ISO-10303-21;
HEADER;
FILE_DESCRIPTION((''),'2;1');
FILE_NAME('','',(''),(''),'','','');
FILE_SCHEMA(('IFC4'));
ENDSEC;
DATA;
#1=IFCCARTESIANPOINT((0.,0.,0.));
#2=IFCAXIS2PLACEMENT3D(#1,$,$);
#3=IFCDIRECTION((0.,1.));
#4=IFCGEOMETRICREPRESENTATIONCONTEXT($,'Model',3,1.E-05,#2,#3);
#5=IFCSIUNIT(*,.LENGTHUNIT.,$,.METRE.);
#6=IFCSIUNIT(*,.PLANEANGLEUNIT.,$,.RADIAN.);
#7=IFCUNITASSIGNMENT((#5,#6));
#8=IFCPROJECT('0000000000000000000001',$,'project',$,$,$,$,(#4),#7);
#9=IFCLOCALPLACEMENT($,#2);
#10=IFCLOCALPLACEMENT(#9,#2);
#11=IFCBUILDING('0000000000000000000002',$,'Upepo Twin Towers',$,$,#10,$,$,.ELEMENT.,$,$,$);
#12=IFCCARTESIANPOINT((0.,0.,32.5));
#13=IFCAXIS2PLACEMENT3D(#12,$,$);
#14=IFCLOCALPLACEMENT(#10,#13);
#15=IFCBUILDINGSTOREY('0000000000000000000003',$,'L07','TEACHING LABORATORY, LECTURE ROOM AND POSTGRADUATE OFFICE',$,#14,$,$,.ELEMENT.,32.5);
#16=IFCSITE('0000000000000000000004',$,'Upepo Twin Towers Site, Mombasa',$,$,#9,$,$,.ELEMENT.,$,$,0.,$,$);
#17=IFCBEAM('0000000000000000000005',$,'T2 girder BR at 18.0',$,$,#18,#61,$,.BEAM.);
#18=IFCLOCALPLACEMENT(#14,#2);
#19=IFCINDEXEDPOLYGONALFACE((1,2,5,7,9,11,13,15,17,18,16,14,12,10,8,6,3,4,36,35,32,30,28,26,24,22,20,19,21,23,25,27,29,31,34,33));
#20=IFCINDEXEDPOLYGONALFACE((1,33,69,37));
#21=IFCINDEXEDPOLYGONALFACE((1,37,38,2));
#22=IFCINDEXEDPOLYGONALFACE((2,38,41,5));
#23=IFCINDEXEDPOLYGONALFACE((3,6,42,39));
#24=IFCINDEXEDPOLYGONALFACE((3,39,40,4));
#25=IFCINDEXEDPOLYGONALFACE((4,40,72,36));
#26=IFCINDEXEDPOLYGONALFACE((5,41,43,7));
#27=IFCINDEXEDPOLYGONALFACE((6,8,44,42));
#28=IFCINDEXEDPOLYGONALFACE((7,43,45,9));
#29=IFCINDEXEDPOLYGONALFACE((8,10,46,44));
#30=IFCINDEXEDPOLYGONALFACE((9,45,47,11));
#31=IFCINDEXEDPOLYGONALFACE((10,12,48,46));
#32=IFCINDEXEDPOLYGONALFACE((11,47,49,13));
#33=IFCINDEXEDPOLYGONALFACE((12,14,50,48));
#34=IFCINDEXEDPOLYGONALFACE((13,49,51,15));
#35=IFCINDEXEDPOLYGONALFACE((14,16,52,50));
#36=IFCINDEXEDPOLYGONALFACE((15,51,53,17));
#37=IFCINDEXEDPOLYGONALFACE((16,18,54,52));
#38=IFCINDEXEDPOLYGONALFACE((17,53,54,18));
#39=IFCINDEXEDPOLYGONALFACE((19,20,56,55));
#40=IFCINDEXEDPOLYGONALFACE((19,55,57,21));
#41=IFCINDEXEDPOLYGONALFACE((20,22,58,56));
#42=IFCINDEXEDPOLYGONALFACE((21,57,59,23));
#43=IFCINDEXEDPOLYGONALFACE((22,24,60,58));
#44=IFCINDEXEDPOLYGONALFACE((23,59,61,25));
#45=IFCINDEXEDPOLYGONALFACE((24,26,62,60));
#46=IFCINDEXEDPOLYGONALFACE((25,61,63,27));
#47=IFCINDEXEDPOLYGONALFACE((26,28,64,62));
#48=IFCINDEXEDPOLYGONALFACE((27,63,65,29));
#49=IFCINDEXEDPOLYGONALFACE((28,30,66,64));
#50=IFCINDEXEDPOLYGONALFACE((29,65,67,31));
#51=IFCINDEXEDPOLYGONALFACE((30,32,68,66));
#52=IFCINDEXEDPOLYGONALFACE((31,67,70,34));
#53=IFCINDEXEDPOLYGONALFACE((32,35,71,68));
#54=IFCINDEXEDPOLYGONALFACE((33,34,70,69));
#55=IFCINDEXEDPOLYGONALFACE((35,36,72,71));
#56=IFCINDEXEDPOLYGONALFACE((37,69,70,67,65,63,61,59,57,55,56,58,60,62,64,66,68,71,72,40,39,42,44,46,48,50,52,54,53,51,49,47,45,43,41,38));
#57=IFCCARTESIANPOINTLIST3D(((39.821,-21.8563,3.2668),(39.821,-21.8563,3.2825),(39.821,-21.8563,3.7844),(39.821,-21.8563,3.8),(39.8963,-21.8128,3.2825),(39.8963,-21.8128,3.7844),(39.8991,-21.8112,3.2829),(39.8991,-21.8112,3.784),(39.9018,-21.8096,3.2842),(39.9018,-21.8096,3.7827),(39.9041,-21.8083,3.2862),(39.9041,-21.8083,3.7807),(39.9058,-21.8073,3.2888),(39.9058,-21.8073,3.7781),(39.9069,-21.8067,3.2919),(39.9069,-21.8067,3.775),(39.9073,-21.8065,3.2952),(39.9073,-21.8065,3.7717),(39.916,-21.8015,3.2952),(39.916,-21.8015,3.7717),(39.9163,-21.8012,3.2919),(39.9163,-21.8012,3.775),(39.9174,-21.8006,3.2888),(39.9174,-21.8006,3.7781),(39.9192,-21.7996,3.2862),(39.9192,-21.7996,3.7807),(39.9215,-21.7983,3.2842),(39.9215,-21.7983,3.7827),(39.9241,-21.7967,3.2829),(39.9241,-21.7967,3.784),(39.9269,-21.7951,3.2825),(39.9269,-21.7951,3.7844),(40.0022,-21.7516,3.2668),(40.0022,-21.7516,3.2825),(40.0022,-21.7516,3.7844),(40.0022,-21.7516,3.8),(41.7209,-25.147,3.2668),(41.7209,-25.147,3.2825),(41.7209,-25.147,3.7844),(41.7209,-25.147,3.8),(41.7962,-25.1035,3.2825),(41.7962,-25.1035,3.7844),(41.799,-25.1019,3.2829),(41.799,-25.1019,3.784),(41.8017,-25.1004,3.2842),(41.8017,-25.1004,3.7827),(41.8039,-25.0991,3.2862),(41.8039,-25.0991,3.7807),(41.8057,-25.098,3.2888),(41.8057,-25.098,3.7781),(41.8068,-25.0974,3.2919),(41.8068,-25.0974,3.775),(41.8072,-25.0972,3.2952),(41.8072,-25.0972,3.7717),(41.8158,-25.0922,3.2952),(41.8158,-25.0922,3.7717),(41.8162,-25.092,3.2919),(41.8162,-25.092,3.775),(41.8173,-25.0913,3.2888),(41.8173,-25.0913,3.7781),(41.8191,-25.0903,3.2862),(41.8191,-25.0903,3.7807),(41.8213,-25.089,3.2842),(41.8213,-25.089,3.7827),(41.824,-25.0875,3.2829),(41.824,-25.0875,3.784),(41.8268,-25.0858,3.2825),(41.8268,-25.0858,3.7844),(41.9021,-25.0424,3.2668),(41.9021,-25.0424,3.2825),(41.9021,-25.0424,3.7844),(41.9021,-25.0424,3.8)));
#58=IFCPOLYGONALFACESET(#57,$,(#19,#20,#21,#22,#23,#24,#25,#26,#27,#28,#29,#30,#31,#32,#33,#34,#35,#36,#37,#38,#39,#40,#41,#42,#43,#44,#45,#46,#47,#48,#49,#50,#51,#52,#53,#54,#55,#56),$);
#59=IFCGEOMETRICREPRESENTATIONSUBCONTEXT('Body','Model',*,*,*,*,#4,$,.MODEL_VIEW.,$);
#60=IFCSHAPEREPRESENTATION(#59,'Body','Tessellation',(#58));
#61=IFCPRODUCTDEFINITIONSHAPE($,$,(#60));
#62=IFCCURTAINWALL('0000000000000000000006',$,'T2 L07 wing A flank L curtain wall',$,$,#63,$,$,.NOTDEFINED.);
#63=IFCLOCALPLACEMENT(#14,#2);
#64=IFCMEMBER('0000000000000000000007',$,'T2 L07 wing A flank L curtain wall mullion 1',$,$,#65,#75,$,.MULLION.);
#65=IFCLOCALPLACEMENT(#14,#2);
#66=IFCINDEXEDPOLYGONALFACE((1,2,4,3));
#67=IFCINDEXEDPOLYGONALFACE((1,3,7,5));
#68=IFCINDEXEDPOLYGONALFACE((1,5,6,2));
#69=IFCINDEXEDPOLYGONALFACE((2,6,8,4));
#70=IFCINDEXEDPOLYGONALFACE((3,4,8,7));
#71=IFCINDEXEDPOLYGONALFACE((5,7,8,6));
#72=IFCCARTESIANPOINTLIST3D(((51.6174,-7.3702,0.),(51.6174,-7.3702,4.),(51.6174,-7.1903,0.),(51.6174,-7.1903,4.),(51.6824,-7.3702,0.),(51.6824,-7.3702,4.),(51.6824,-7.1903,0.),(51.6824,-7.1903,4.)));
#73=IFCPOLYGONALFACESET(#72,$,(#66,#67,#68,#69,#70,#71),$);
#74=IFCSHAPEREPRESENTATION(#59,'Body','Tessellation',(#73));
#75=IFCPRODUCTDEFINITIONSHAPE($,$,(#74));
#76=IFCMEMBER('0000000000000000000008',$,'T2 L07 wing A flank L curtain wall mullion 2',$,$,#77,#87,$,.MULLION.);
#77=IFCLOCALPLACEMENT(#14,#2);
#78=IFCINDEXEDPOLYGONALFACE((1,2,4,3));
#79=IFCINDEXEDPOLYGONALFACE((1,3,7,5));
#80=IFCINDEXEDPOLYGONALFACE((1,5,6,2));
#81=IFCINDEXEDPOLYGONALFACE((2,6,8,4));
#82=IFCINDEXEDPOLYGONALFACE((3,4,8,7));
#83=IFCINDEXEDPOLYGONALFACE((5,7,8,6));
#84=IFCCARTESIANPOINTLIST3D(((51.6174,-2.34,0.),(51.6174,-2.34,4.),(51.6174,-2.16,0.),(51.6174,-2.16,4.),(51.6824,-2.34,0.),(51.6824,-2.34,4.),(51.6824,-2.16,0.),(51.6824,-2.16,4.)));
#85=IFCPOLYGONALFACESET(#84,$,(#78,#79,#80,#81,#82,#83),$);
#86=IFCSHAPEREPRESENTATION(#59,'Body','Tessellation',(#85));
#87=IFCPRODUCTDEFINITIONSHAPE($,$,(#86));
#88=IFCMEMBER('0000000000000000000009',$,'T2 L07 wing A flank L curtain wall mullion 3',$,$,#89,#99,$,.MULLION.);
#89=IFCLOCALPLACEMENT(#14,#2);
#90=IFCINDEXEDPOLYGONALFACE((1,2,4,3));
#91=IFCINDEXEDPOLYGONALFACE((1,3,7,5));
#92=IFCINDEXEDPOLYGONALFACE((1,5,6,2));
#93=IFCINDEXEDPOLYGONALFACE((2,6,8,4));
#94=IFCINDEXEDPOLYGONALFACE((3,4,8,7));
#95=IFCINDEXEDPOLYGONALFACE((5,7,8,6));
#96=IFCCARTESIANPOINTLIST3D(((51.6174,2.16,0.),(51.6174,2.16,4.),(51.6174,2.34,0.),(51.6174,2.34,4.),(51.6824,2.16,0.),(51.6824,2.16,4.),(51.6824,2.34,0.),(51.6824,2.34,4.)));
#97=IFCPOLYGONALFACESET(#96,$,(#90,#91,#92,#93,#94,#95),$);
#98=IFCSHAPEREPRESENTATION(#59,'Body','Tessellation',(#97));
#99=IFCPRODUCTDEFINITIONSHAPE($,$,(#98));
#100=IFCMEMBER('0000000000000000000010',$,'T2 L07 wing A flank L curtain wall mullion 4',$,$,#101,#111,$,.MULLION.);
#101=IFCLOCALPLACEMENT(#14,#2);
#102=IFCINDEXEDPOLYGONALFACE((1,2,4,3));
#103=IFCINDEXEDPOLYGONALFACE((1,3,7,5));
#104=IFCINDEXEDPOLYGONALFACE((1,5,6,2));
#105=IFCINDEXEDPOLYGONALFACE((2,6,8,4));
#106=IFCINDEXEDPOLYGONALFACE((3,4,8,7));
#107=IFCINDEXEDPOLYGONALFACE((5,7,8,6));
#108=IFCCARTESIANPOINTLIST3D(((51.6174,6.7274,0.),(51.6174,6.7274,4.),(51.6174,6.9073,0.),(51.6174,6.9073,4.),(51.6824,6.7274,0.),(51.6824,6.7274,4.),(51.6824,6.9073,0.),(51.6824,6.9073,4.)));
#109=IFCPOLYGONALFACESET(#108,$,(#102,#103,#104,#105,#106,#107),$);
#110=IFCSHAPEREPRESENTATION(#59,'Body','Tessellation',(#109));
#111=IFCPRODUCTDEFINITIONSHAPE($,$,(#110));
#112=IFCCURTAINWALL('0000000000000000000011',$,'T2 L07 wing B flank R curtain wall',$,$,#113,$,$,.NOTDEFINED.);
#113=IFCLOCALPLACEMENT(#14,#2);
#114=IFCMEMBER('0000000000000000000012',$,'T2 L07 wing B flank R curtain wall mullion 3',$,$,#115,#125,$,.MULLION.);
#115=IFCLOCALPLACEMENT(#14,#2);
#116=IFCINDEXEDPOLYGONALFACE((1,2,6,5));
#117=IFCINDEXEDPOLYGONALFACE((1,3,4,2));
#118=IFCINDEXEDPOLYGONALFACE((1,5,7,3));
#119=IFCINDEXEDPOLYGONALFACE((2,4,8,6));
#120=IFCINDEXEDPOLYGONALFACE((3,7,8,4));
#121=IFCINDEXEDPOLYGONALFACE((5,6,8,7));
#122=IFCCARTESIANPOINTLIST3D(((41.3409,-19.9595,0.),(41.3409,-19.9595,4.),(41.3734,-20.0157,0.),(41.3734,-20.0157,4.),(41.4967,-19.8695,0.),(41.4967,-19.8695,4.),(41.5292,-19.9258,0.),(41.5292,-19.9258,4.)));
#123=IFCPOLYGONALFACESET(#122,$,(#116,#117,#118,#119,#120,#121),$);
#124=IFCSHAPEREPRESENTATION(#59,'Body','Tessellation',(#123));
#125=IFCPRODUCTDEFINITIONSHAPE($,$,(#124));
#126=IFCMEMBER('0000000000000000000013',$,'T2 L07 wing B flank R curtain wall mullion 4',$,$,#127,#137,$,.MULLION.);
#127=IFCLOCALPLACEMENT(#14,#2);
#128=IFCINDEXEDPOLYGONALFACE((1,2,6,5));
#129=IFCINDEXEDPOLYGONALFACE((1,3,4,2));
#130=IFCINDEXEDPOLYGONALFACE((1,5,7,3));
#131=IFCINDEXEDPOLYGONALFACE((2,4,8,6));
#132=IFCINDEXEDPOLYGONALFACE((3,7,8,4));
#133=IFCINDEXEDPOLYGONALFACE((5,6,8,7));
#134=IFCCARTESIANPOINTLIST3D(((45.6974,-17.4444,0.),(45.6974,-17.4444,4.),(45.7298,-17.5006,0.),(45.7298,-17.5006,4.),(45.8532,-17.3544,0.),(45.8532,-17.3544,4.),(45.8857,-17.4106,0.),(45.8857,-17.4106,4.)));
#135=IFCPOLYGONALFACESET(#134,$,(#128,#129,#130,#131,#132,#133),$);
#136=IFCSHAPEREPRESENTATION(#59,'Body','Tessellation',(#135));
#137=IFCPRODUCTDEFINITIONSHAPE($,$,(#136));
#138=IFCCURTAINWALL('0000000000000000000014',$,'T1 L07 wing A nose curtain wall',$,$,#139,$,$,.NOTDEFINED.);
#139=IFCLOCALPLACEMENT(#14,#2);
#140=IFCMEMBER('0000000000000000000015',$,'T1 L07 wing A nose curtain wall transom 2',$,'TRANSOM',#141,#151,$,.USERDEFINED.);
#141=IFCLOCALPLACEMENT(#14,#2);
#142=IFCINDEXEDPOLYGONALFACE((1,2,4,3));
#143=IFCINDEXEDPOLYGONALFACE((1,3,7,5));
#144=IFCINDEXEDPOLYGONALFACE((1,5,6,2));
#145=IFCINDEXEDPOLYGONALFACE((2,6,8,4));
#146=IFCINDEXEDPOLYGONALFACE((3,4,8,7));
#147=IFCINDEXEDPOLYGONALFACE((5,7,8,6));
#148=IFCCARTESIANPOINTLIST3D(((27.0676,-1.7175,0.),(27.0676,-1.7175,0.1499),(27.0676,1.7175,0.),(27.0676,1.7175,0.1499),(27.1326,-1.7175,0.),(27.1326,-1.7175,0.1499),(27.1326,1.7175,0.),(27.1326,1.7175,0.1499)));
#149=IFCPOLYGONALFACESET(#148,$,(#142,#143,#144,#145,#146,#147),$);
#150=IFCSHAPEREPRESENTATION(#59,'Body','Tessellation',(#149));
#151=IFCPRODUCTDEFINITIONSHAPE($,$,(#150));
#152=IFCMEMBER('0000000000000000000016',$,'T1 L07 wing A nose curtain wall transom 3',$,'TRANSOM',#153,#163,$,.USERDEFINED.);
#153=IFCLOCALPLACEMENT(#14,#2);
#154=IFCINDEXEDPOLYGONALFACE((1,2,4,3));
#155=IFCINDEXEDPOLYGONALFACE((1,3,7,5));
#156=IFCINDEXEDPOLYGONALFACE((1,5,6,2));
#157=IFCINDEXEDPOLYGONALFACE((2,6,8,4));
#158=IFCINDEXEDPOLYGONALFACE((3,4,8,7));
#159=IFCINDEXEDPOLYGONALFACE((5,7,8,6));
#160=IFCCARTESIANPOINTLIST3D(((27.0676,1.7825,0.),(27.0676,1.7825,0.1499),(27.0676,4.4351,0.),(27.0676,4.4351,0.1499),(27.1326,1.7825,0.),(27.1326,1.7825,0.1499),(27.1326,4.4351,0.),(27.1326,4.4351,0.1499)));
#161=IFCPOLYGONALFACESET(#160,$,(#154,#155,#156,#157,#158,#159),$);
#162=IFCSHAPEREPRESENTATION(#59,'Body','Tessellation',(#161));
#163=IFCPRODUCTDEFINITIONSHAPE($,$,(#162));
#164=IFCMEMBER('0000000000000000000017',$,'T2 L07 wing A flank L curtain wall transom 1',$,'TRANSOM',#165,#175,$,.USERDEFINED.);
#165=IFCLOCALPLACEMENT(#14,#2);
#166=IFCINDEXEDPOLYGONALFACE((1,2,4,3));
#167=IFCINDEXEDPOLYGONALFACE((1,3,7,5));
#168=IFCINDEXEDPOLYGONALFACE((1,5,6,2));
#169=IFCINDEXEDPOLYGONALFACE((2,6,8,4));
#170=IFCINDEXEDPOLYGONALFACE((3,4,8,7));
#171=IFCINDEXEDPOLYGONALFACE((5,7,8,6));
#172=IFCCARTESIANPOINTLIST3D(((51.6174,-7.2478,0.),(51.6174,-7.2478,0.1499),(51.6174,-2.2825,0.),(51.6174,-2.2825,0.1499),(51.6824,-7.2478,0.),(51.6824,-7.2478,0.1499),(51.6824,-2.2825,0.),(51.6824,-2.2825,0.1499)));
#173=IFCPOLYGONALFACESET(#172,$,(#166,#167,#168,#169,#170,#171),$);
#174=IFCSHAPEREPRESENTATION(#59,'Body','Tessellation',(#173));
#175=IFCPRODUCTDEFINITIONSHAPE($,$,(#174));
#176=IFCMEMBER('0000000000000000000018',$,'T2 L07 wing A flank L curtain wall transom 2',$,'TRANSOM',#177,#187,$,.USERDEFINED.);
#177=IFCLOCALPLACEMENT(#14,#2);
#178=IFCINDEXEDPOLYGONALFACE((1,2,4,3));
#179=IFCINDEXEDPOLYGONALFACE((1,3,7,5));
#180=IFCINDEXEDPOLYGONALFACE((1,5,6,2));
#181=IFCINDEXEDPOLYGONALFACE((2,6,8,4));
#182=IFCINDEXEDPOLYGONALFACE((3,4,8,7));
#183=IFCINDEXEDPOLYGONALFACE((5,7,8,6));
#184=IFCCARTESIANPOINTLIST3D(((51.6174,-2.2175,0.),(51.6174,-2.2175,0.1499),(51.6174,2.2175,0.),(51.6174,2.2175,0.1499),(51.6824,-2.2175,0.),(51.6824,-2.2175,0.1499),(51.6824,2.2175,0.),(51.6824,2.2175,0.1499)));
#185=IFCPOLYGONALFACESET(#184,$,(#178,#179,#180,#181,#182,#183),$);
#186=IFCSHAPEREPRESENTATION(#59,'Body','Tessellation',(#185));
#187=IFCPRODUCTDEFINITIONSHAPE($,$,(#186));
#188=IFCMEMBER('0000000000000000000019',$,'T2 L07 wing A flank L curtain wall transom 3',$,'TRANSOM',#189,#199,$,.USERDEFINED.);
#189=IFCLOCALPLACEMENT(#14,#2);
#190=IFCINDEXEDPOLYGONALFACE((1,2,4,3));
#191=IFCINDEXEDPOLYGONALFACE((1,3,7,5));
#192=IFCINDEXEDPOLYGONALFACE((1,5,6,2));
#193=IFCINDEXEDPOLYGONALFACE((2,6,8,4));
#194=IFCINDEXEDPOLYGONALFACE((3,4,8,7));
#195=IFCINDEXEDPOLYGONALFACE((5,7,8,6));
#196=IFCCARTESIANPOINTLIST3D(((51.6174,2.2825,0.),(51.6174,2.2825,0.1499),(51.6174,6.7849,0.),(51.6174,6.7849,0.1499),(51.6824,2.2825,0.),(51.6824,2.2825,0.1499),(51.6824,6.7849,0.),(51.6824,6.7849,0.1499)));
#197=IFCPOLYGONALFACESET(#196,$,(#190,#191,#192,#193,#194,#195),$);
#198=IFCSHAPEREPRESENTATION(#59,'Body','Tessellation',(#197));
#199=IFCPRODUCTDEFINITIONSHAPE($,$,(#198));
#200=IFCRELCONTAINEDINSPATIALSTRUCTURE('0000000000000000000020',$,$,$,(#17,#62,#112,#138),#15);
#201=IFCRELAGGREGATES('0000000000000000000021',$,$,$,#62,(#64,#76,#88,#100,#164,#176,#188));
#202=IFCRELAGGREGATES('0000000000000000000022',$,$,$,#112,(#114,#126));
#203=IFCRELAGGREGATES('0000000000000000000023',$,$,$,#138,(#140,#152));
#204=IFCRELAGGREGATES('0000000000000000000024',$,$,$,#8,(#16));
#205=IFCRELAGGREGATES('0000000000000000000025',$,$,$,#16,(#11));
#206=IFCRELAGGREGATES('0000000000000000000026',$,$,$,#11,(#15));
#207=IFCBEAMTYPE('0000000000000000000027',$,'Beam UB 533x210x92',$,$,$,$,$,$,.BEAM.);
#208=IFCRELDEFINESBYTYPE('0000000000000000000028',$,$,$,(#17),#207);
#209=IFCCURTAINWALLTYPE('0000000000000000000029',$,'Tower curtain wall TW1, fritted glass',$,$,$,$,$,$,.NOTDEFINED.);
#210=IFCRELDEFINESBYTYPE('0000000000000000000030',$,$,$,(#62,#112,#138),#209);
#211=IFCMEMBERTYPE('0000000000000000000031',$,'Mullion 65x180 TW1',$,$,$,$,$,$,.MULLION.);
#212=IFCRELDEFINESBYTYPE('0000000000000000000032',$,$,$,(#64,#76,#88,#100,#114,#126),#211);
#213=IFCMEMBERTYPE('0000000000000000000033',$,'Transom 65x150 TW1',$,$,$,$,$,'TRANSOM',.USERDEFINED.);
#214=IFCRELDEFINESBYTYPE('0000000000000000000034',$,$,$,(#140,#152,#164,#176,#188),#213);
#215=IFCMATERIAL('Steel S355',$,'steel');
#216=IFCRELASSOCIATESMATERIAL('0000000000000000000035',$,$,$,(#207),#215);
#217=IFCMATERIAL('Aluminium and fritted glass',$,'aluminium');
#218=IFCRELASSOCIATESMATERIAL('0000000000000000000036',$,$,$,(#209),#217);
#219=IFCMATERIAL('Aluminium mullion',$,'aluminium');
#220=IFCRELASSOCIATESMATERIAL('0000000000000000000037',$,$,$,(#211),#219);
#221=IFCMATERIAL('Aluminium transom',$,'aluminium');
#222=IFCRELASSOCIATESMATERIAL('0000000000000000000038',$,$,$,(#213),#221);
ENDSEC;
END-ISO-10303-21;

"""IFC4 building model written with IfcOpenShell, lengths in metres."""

from ifc_helpers import new_model, si_unit, direction, frame, origin, origin_2d, place, context, subcontext, project, spatial, rectangle, i_section, extrude, material, material_profile, profile_set, type_object, element, aggregate, save


model = new_model("IFC4")

# Units and contexts
model_context = context("Model", 3, precision=1e-05, world=origin(), true_north=direction((0.0, 1.0)))
body_context = subcontext(model_context, "Body", "Model", "MODEL_VIEW")
ifc_project = project(units=[si_unit("LENGTHUNIT", "METRE"), si_unit("PLANEANGLEUNIT", "RADIAN")], contexts=[model_context])

# Site, building, storey
site_placement = place(None, origin())
site = spatial("IfcSite", under=ifc_project, at=site_placement, Name="Upepo Twin Towers Site, Mombasa", CompositionType="ELEMENT", RefElevation=0.0)
building_placement = place(site_placement, origin())
building = spatial("IfcBuilding", under=site, at=building_placement, Name="Upepo Twin Towers", CompositionType="ELEMENT")
storey_placement = place(building_placement, frame((0.0, 0.0, 32.5)))
storey = spatial("IfcBuildingStorey", under=building, at=storey_placement, Name="L07", Description="TEACHING LABORATORY, LECTURE ROOM AND POSTGRADUATE OFFICE", CompositionType="ELEMENT", Elevation=32.5)

# Beam
ifc_material_1 = material(Name="Steel S355", Category="steel")
ifc_material_profile_1 = material_profile(ifc_material_1, i_section(OverallWidth=0.2092, OverallDepth=0.5332, WebThickness=0.01, FlangeThickness=0.0156, FilletRadius=0.0127, at=origin_2d()), Name="UB 533x210x92")
ifc_profile_set_1 = profile_set([ifc_material_profile_1], Name="Steel S355")
beam_type_1 = type_object("IfcBeamType", Name="Beam UB 533x210x92", PredefinedType="BEAM", material=ifc_profile_set_1)
beam_1_placement = place(storey_placement, frame((39.9116, -21.804, 3.5334), z_axis=(0.499995, -0.866028, 0.0), x_axis=(0.866028, 0.499995, 0.0)))
element("IfcBeam", 1, at=beam_1_placement, inside=storey, type_object=beam_type_1, Name="T2 girder BR at 18.0", PredefinedType="BEAM", context=body_context, shape_type="SweptSolid", body=[
    extrude(i_section(OverallWidth=0.2092, OverallDepth=0.5332, WebThickness=0.01, FlangeThickness=0.0156, FilletRadius=0.0127, at=origin_2d()), origin(), (0.0, 0.0, 1.0), 3.7998),
])

# Curtain walls, members
ifc_material_2 = material(Name="Aluminium and fritted glass", Category="aluminium")
curtain_wall_type = type_object("IfcCurtainWallType", Name="Tower curtain wall TW1, fritted glass", PredefinedType="NOTDEFINED", material=ifc_material_2)
curtain_wall_1_placement = place(storey_placement, origin())
curtain_wall_1 = element("IfcCurtainWall", 2, at=curtain_wall_1_placement, inside=storey, type_object=curtain_wall_type, Name="T2 L07 wing A flank L curtain wall", PredefinedType="NOTDEFINED")
ifc_material_3 = material(Name="Aluminium mullion", Category="aluminium")
ifc_material_profile_2 = material_profile(ifc_material_3, rectangle(XDim=0.0649, YDim=0.1799, at=origin_2d()), Name="MULLION 65x180")
ifc_profile_set_2 = profile_set([ifc_material_profile_2], Name="Aluminium mullion")
member_type_1 = type_object("IfcMemberType", Name="Mullion 65x180 TW1", PredefinedType="MULLION", material=ifc_profile_set_2)
member_1_placement = place(storey_placement, frame((51.6499, -7.2803, 0.0), z_axis=(0.0, 0.0, 1.0), x_axis=(-1.0, 0.0, 0.0)))
member_1 = element("IfcMember", 3, at=member_1_placement, type_object=member_type_1, Name="T2 L07 wing A flank L curtain wall mullion 1", PredefinedType="MULLION", context=body_context, shape_type="SweptSolid", body=[
    extrude(rectangle(XDim=0.0649, YDim=0.1799, at=origin_2d()), origin(), (0.0, 0.0, 1.0), 4.0),
])
member_2_placement = place(storey_placement, frame((51.6499, -2.25, 0.0), z_axis=(0.0, 0.0, 1.0), x_axis=(-1.0, 0.0, 0.0)))
member_2 = element("IfcMember", 4, at=member_2_placement, type_object=member_type_1, Name="T2 L07 wing A flank L curtain wall mullion 2", PredefinedType="MULLION", context=body_context, shape_type="SweptSolid", body=[
    extrude(rectangle(XDim=0.0649, YDim=0.1799, at=origin_2d()), origin(), (0.0, 0.0, 1.0), 4.0),
])
member_3_placement = place(storey_placement, frame((51.6499, 2.25, 0.0), z_axis=(0.0, 0.0, 1.0), x_axis=(-1.0, 0.0, 0.0)))
member_3 = element("IfcMember", 5, at=member_3_placement, type_object=member_type_1, Name="T2 L07 wing A flank L curtain wall mullion 3", PredefinedType="MULLION", context=body_context, shape_type="SweptSolid", body=[
    extrude(rectangle(XDim=0.0649, YDim=0.1799, at=origin_2d()), origin(), (0.0, 0.0, 1.0), 4.0),
])
member_4_placement = place(storey_placement, frame((51.6499, 6.8174, 0.0), z_axis=(0.0, 0.0, 1.0), x_axis=(-1.0, 0.0, 0.0)))
member_4 = element("IfcMember", 6, at=member_4_placement, type_object=member_type_1, Name="T2 L07 wing A flank L curtain wall mullion 4", PredefinedType="MULLION", context=body_context, shape_type="SweptSolid", body=[
    extrude(rectangle(XDim=0.0649, YDim=0.1799, at=origin_2d()), origin(), (0.0, 0.0, 1.0), 4.0),
])
curtain_wall_2_placement = place(storey_placement, origin())
curtain_wall_2 = element("IfcCurtainWall", 7, at=curtain_wall_2_placement, inside=storey, type_object=curtain_wall_type, Name="T2 L07 wing B flank R curtain wall", PredefinedType="NOTDEFINED")
member_5_placement = place(storey_placement, frame((41.4351, -19.9426, 0.0), z_axis=(0.0, 0.0, 1.0), x_axis=(-0.5, 0.866025, 0.0)))
member_5 = element("IfcMember", 8, at=member_5_placement, type_object=member_type_1, Name="T2 L07 wing B flank R curtain wall mullion 3", PredefinedType="MULLION", context=body_context, shape_type="SweptSolid", body=[
    extrude(rectangle(XDim=0.0649, YDim=0.1799, at=origin_2d()), origin(), (0.0, 0.0, 1.0), 4.0),
])
member_6_placement = place(storey_placement, frame((45.7915, -17.4275, 0.0), z_axis=(0.0, 0.0, 1.0), x_axis=(-0.5, 0.866025, 0.0)))
member_6 = element("IfcMember", 9, at=member_6_placement, type_object=member_type_1, Name="T2 L07 wing B flank R curtain wall mullion 4", PredefinedType="MULLION", context=body_context, shape_type="SweptSolid", body=[
    extrude(rectangle(XDim=0.0649, YDim=0.1799, at=origin_2d()), origin(), (0.0, 0.0, 1.0), 4.0),
])
curtain_wall_3_placement = place(storey_placement, origin())
curtain_wall_3 = element("IfcCurtainWall", 10, at=curtain_wall_3_placement, inside=storey, type_object=curtain_wall_type, Name="T1 L07 wing A nose curtain wall", PredefinedType="NOTDEFINED")
ifc_material_4 = material(Name="Aluminium transom", Category="aluminium")
ifc_material_profile_3 = material_profile(ifc_material_4, rectangle(XDim=0.0649, YDim=0.1499, at=origin_2d()), Name="TRANSOM 65x150")
ifc_profile_set_3 = profile_set([ifc_material_profile_3], Name="Aluminium transom")
member_type_2 = type_object("IfcMemberType", Name="Transom 65x150 TW1", ElementType="TRANSOM", PredefinedType="USERDEFINED", material=ifc_profile_set_3)
member_7_placement = place(storey_placement, frame((27.1001, -1.7175, 0.075), z_axis=(0.0, 1.0, 0.0), x_axis=(-1.0, 0.0, 0.0)))
member_7 = element("IfcMember", 11, at=member_7_placement, type_object=member_type_2, Name="T1 L07 wing A nose curtain wall transom 2", ObjectType="TRANSOM", PredefinedType="USERDEFINED", context=body_context, shape_type="SweptSolid", body=[
    extrude(rectangle(XDim=0.0649, YDim=0.1499, at=origin_2d()), origin(), (0.0, 0.0, 1.0), 3.4351),
])
member_8_placement = place(storey_placement, frame((27.1001, 1.7825, 0.075), z_axis=(0.0, 1.0, 0.0), x_axis=(-1.0, 0.0, 0.0)))
member_8 = element("IfcMember", 12, at=member_8_placement, type_object=member_type_2, Name="T1 L07 wing A nose curtain wall transom 3", ObjectType="TRANSOM", PredefinedType="USERDEFINED", context=body_context, shape_type="SweptSolid", body=[
    extrude(rectangle(XDim=0.0649, YDim=0.1499, at=origin_2d()), origin(), (0.0, 0.0, 1.0), 2.6526),
])

# Members
member_9_placement = place(storey_placement, frame((51.6499, -7.2478, 0.075), z_axis=(0.0, 1.0, 0.0), x_axis=(-1.0, 0.0, 0.0)))
member_9 = element("IfcMember", 13, at=member_9_placement, type_object=member_type_2, Name="T2 L07 wing A flank L curtain wall transom 1", ObjectType="TRANSOM", PredefinedType="USERDEFINED", context=body_context, shape_type="SweptSolid", body=[
    extrude(rectangle(XDim=0.0649, YDim=0.1499, at=origin_2d()), origin(), (0.0, 0.0, 1.0), 4.9653),
])
member_10_placement = place(storey_placement, frame((51.6499, -2.2175, 0.075), z_axis=(0.0, 1.0, 0.0), x_axis=(-1.0, 0.0, 0.0)))
member_10 = element("IfcMember", 14, at=member_10_placement, type_object=member_type_2, Name="T2 L07 wing A flank L curtain wall transom 2", ObjectType="TRANSOM", PredefinedType="USERDEFINED", context=body_context, shape_type="SweptSolid", body=[
    extrude(rectangle(XDim=0.0649, YDim=0.1499, at=origin_2d()), origin(), (0.0, 0.0, 1.0), 4.4351),
])
member_11_placement = place(storey_placement, frame((51.6499, 2.2825, 0.075), z_axis=(0.0, 1.0, 0.0), x_axis=(-1.0, 0.0, 0.0)))
member_11 = element("IfcMember", 15, at=member_11_placement, type_object=member_type_2, Name="T2 L07 wing A flank L curtain wall transom 3", ObjectType="TRANSOM", PredefinedType="USERDEFINED", context=body_context, shape_type="SweptSolid", body=[
    extrude(rectangle(XDim=0.0649, YDim=0.1499, at=origin_2d()), origin(), (0.0, 0.0, 1.0), 4.5024),
])

aggregate(curtain_wall_1, [member_1, member_2, member_3, member_4, member_9, member_10, member_11])
aggregate(curtain_wall_2, [member_5, member_6])
aggregate(curtain_wall_3, [member_7, member_8])

save(model, "model.ifc")
